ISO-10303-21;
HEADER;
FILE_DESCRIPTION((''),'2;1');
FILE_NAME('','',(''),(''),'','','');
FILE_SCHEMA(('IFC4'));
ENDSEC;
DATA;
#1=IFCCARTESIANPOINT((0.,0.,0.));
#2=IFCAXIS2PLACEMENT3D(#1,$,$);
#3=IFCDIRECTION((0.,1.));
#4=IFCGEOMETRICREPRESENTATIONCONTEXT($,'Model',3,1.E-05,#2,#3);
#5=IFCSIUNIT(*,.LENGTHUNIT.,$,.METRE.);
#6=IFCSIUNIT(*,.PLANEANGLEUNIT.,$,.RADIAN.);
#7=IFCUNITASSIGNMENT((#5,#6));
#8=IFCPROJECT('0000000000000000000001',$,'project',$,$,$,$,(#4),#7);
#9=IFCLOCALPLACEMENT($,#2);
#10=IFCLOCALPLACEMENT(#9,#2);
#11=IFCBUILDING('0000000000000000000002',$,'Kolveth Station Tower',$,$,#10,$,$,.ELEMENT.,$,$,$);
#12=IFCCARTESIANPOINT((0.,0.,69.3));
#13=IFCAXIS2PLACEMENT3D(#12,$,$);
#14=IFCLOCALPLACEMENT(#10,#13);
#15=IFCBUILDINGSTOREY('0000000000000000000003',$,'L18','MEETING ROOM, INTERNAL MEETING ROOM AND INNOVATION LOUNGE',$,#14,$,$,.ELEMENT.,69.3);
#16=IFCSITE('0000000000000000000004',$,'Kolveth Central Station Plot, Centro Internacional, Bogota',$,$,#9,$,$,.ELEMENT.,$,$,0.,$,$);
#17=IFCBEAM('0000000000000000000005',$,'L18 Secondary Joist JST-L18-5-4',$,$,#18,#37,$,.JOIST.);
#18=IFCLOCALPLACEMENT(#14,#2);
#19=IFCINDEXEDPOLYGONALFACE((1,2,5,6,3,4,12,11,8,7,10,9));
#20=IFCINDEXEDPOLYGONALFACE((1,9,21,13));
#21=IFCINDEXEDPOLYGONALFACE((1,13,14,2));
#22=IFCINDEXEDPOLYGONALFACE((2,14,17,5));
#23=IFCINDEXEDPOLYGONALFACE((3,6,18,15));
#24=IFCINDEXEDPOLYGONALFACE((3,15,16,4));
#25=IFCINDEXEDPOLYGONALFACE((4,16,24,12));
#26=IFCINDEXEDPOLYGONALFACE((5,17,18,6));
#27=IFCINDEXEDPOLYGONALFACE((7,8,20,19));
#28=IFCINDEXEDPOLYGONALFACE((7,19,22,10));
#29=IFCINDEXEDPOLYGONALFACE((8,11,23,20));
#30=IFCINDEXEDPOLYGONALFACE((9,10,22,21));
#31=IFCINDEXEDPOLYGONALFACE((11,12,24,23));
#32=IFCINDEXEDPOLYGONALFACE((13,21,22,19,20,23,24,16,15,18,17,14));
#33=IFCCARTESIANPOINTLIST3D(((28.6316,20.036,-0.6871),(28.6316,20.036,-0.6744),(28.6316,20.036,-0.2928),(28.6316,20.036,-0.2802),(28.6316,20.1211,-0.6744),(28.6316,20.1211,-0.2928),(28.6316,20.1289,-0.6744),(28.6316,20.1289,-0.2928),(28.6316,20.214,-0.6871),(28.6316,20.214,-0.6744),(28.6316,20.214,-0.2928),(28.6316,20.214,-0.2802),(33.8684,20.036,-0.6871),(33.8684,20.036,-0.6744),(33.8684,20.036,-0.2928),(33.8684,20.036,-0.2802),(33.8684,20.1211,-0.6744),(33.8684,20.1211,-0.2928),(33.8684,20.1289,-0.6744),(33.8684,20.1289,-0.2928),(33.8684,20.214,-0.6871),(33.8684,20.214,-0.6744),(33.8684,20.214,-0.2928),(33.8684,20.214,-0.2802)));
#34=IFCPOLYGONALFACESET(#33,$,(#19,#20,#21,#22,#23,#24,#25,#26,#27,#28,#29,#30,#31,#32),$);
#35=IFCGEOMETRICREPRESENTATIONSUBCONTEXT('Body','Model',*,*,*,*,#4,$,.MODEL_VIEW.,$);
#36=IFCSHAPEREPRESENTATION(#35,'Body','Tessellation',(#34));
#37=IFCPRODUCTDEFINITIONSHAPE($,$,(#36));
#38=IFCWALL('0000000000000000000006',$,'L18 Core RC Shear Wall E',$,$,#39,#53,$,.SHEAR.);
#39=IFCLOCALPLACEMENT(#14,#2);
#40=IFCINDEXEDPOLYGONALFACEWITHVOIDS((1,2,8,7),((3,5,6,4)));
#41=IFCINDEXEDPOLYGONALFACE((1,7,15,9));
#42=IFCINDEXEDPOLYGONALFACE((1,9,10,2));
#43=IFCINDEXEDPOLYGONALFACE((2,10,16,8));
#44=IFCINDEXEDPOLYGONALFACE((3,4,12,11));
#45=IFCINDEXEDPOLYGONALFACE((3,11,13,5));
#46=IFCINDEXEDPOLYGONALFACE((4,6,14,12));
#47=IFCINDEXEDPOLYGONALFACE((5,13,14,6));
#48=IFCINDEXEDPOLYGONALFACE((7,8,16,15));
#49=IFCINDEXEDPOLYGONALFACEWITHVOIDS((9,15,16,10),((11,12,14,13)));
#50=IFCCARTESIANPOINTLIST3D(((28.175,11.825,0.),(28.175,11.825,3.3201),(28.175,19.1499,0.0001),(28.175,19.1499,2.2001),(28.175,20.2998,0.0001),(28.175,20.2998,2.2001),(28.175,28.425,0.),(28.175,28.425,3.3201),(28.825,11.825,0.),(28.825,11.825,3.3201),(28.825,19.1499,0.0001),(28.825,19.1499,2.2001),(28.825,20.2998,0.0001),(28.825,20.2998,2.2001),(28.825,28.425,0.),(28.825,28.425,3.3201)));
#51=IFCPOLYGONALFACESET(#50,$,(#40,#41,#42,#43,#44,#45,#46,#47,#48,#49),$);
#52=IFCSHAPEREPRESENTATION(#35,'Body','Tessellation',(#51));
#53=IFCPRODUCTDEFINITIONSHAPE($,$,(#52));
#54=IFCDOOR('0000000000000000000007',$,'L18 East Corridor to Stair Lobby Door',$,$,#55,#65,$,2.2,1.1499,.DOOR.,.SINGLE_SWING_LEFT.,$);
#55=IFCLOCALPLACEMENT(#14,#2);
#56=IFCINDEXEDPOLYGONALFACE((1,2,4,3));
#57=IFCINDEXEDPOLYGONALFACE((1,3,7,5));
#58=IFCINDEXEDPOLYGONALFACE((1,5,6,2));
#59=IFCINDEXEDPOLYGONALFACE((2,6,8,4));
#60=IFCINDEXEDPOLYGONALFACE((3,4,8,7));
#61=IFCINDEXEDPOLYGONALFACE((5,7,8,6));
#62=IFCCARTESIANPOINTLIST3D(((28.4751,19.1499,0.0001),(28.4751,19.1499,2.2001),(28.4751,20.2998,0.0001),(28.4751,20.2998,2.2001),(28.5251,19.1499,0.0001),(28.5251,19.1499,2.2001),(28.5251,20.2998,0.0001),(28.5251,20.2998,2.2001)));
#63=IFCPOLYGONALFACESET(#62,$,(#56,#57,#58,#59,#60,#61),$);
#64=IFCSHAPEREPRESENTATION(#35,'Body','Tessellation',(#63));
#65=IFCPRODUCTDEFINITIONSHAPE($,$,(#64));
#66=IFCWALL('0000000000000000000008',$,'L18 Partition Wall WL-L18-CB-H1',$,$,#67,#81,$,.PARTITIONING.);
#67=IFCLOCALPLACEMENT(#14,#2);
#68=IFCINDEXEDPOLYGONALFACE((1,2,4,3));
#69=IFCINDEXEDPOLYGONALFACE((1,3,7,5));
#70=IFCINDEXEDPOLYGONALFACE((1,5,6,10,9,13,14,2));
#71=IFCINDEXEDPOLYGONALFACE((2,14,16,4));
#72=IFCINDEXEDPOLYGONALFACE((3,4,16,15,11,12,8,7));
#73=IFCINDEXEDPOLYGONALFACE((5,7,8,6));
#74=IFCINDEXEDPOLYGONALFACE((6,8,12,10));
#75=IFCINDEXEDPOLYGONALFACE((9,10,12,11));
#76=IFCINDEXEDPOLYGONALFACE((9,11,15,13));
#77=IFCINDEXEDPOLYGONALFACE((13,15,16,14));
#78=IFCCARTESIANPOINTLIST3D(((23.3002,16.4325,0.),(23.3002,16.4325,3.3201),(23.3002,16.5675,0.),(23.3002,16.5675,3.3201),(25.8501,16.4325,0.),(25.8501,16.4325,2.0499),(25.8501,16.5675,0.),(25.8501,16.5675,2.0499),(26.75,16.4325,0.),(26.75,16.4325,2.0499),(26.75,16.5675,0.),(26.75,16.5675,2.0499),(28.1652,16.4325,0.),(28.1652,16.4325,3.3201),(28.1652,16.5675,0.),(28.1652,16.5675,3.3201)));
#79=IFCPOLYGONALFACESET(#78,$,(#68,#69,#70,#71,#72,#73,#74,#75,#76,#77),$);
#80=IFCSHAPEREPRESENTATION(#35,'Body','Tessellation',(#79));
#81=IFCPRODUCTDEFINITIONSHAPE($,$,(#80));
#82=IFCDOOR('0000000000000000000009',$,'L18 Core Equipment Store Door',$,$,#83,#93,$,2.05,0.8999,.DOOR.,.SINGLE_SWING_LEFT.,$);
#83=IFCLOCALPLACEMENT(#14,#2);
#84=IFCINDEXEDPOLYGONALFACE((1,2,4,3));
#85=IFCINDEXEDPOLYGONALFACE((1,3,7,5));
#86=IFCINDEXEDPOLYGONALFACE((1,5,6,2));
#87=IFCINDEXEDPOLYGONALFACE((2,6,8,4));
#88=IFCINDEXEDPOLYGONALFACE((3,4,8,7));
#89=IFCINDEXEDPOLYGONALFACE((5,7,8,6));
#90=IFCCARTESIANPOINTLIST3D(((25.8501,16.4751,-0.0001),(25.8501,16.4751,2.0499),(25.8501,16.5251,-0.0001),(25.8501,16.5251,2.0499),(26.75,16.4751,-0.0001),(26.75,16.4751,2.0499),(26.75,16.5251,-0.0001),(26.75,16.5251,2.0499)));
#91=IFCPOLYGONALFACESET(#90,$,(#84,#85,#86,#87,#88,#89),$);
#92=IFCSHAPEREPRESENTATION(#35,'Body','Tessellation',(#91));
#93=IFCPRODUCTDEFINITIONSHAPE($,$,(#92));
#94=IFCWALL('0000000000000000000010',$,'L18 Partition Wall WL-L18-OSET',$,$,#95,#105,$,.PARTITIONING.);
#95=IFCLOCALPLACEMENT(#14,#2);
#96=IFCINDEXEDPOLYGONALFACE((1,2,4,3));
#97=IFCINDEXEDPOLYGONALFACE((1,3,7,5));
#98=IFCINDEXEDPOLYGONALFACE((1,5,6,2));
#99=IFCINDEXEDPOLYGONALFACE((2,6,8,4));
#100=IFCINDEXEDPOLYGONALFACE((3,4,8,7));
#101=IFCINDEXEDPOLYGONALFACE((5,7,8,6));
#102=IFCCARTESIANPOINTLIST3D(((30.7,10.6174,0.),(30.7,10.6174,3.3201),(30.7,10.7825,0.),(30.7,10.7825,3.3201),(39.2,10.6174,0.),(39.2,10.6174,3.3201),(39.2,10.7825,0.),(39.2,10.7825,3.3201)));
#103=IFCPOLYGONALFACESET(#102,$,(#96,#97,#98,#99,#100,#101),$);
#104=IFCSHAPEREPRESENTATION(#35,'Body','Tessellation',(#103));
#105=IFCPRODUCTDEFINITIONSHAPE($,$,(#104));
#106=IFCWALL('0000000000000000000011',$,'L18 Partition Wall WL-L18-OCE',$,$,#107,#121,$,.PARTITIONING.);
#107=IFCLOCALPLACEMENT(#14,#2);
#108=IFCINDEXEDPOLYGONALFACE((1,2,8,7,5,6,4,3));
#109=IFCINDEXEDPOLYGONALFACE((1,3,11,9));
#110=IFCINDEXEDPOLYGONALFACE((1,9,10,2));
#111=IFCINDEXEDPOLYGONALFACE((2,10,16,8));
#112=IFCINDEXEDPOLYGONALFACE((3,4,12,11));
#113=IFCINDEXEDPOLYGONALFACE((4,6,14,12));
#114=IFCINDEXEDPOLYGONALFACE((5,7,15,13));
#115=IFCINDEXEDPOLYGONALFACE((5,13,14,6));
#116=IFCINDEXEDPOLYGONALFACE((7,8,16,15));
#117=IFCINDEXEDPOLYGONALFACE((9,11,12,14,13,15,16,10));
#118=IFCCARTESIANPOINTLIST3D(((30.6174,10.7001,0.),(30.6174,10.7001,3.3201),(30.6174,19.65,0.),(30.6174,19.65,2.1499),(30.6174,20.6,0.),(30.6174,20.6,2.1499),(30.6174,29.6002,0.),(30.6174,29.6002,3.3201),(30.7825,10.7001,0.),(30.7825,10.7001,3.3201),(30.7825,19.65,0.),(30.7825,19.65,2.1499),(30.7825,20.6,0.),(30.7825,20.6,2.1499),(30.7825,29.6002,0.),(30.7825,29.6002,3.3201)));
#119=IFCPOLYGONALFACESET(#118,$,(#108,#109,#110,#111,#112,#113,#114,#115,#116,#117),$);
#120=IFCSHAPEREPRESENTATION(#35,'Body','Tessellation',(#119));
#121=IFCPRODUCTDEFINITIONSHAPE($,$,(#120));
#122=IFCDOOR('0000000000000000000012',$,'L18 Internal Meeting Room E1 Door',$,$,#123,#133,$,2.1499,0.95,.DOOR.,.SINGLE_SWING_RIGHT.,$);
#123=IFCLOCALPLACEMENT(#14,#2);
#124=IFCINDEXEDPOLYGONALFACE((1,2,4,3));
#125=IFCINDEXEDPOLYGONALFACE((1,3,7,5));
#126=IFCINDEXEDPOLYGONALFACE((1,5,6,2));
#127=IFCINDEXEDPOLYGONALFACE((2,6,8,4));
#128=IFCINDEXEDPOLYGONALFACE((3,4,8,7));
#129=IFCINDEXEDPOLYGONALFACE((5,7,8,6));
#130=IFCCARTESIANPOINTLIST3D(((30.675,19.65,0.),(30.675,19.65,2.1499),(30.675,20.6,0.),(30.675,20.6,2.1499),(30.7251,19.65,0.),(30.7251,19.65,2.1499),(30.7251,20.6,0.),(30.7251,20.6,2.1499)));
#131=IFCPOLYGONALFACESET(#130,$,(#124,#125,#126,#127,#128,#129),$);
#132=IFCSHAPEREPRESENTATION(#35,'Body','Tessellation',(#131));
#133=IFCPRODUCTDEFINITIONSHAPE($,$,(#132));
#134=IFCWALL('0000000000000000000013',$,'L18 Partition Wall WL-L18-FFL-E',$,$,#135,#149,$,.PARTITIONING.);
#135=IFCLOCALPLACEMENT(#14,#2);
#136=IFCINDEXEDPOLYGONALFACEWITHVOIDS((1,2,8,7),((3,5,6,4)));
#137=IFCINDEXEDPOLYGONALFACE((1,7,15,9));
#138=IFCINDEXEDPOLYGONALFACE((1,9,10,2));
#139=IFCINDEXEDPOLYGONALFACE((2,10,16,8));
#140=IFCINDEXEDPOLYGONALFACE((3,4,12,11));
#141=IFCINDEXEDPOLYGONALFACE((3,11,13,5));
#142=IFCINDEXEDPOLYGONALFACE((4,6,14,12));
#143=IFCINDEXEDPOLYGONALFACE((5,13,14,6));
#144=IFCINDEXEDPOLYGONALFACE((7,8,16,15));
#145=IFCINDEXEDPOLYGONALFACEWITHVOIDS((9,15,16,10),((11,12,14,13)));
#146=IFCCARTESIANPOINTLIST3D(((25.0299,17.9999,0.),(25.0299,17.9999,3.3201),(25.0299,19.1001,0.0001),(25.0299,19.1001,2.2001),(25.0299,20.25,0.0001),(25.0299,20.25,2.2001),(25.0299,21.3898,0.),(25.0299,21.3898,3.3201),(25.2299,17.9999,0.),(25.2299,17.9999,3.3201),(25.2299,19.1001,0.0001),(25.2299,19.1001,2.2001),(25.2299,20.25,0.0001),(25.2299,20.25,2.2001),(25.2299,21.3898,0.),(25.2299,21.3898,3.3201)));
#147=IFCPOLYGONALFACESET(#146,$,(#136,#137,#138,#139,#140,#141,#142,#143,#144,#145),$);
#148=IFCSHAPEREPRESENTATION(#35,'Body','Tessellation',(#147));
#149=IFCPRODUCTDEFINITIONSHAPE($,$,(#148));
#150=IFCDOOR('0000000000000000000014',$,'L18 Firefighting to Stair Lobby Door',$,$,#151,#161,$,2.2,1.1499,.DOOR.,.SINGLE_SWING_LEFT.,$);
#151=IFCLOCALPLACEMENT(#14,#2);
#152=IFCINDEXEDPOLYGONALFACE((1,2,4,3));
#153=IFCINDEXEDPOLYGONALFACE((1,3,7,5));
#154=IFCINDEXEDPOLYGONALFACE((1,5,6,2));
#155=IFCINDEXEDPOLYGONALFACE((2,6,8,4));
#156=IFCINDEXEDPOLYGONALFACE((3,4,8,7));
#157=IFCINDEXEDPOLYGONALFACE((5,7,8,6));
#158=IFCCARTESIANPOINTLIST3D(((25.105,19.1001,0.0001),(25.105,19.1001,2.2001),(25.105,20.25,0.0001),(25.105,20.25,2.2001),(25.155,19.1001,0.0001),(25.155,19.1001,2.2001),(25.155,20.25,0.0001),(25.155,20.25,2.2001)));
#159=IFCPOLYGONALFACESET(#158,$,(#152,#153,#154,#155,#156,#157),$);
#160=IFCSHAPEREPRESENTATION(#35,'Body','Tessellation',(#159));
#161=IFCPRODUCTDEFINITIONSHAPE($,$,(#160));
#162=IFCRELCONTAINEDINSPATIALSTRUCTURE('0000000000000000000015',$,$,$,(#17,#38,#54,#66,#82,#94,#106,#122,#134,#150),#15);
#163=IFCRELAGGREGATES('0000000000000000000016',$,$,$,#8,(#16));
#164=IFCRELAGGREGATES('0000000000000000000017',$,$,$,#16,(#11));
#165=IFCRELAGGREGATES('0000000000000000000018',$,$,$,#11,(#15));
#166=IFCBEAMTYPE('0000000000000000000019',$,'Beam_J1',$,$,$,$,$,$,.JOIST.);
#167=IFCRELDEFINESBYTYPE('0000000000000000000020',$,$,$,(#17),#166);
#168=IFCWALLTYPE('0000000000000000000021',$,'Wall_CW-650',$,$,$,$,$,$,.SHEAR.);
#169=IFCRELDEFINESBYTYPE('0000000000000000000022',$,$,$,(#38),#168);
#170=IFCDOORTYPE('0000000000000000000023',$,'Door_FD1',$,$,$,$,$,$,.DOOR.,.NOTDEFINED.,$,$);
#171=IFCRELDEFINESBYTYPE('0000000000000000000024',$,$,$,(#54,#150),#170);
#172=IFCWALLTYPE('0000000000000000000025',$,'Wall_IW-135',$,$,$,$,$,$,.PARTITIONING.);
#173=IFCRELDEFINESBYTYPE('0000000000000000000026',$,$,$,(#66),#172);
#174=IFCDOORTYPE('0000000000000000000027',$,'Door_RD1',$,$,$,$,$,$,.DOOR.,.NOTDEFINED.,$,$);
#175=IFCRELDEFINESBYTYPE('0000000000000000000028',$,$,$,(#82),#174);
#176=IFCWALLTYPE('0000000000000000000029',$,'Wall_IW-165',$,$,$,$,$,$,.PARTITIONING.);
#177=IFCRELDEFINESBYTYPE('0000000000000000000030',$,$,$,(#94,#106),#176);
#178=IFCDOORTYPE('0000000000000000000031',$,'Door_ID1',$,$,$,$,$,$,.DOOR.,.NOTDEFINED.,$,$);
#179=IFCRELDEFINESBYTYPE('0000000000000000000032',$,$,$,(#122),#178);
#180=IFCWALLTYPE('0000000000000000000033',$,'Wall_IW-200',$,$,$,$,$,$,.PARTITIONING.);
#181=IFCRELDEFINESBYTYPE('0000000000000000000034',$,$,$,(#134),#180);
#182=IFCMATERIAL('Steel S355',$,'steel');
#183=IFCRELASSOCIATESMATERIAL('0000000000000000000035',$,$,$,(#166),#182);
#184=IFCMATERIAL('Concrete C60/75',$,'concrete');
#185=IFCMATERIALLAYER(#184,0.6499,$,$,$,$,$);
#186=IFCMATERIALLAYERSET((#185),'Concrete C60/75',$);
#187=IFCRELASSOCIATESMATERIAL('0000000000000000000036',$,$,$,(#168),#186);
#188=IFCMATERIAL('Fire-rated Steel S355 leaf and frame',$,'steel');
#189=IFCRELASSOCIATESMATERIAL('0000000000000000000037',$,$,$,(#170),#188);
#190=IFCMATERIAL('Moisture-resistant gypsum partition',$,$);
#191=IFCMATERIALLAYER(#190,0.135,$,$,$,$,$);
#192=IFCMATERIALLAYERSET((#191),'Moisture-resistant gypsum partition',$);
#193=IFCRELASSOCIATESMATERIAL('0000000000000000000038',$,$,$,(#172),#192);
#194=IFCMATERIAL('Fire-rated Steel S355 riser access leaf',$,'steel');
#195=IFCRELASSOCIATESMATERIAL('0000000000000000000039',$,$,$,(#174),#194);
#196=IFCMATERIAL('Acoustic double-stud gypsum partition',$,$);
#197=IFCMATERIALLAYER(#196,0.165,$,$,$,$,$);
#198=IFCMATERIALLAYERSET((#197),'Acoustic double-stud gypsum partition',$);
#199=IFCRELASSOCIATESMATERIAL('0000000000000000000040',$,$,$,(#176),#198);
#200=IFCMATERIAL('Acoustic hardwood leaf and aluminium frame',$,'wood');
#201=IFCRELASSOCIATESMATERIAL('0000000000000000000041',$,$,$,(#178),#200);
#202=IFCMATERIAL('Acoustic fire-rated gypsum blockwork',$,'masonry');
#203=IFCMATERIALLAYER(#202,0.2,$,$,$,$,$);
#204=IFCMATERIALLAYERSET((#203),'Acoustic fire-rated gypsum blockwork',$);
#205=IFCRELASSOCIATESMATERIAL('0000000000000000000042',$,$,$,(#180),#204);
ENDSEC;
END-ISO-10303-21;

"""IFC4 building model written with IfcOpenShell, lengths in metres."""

from ifc_helpers import new_model, si_unit, direction, frame, frame_2d, origin, origin_2d, place, context, subcontext, project, spatial, rectangle, i_section, extrude, source, transform, mapped, material, layer, layer_set, material_profile, profile_set, type_object, element, fill, save


model = new_model("IFC4")

# Units and contexts
model_context = context("Model", 3, precision=1e-05, world=origin(), true_north=direction((0.0, 1.0)))
body_context = subcontext(model_context, "Body", "Model", "MODEL_VIEW")
ifc_project = project(units=[si_unit("LENGTHUNIT", "METRE"), si_unit("PLANEANGLEUNIT", "RADIAN")], contexts=[model_context])

# Site, building, storey
site_placement = place(None, origin())
site = spatial("IfcSite", under=ifc_project, at=site_placement, Name="Kolveth Central Station Plot, Centro Internacional, Bogota", CompositionType="ELEMENT", RefElevation=0.0)
building_placement = place(site_placement, origin())
building = spatial("IfcBuilding", under=site, at=building_placement, Name="Kolveth Station Tower", CompositionType="ELEMENT")
storey_placement = place(building_placement, frame((0.0, 0.0, 69.3)))
storey = spatial("IfcBuildingStorey", under=building, at=storey_placement, Name="L18", Description="MEETING ROOM, INTERNAL MEETING ROOM AND INNOVATION LOUNGE", CompositionType="ELEMENT", Elevation=69.3)

# Beam
ifc_material_1 = material(Name="Steel S355", Category="steel")
ifc_material_profile_1 = material_profile(ifc_material_1, i_section(OverallWidth=0.178, OverallDepth=0.407, WebThickness=0.0078, FlangeThickness=0.0127, at=origin_2d()), Name="W410x60")
ifc_profile_set_1 = profile_set([ifc_material_profile_1], Name="Steel S355")
beam_type_1 = type_object("IfcBeamType", Name="Beam_J1", PredefinedType="JOIST", material=ifc_profile_set_1)
shared_shape_1 = source(origin(), body_context, "Body", "SweptSolid", [
    extrude(i_section(OverallWidth=0.178, OverallDepth=0.407, WebThickness=0.0078, FlangeThickness=0.0127, at=origin_2d()), origin(), (0.0, 0.0, 1.0), 5.2368),
])
for number, where, z_axis, x_axis, name in (
    (1, (28.6316, 20.125, -0.4836), (1.0, 0.0, 0.0), (0.0, 1.0, 0.0), "L18 Secondary Joist JST-L18-5-4"),
):
    element("IfcBeam", number, at=place(storey_placement, frame(where, z_axis=z_axis, x_axis=x_axis)), inside=storey, type_object=beam_type_1, Name=name, PredefinedType="JOIST", context=body_context, shape_type="MappedRepresentation", body=[
        mapped(shared_shape_1, transform((0.0, 0.0, 0.0), x_axis=(1.0, 0.0, 0.0), y_axis=(0.0, 1.0, 0.0), z_axis=(0.0, 0.0, 1.0), scale=1.0)),
    ])

# Walls, openings, doors
ifc_material_2 = material(Name="Concrete C60/75", Category="concrete")
ifc_layer_1 = layer(ifc_material_2, 0.6499)
ifc_layer_set_1 = layer_set([ifc_layer_1], Name="Concrete C60/75")
wall_type_1 = type_object("IfcWallType", Name="Wall_CW-650", PredefinedType="SHEAR", material=ifc_layer_set_1)
wall_1_placement = place(storey_placement, frame((28.5, 11.825, 0.0), z_axis=(0.0, 0.0, 1.0), x_axis=(0.0, 1.0, 0.0)))
wall_1 = element("IfcWall", 2, at=wall_1_placement, inside=storey, type_object=wall_type_1, Name="L18 Core RC Shear Wall E", PredefinedType="SHEAR", context=body_context, shape_type="SweptSolid", body=[
    extrude(rectangle(XDim=16.6001, YDim=0.6499, at=frame_2d((8.3, 0.0))), origin(), (0.0, 0.0, 1.0), 3.3201),
])
opening_1_placement = place(wall_1_placement, frame((7.325, 0.0, 0.0)))
opening_1 = element("IfcOpeningElement", 3, at=opening_1_placement, cuts=wall_1, PredefinedType="OPENING", context=body_context, shape_type="SweptSolid", body=[
    extrude(rectangle(XDim=1.1499, YDim=2.2, at=frame_2d((0.575, 1.1001))), frame((0.0, 0.335, 0.0), z_axis=(0.0, -1.0, 0.0), x_axis=(1.0, 0.0, 0.0)), (0.0, 0.0, 1.0), 0.6699),
])
ifc_material_3 = material(Name="Fire-rated Steel S355 leaf and frame", Category="steel")
door_type_1 = type_object("IfcDoorType", Name="Door_FD1", OperationType="NOTDEFINED", PredefinedType="DOOR", material=ifc_material_3)
door_1_placement = place(opening_1_placement, origin())
door_1 = element("IfcDoor", 4, at=door_1_placement, inside=storey, type_object=door_type_1, Name="L18 East Corridor to Stair Lobby Door", OperationType="SINGLE_SWING_LEFT", OverallHeight=2.2, OverallWidth=1.1499, PredefinedType="DOOR", context=body_context, shape_type="SweptSolid", body=[
    extrude(rectangle(XDim=1.1499, YDim=2.2, at=frame_2d((0.575, 1.1001))), frame((0.0, 0.0249, 0.0), z_axis=(0.0, -1.0, 0.0), x_axis=(1.0, 0.0, 0.0)), (0.0, 0.0, 1.0), 0.05),
])
fill(opening_1, door_1)
ifc_material_4 = material(Name="Moisture-resistant gypsum partition")
ifc_layer_2 = layer(ifc_material_4, 0.135)
ifc_layer_set_2 = layer_set([ifc_layer_2], Name="Moisture-resistant gypsum partition")
wall_type_2 = type_object("IfcWallType", Name="Wall_IW-135", PredefinedType="PARTITIONING", material=ifc_layer_set_2)
wall_2_placement = place(storey_placement, frame((23.3, 16.5, 0.0), z_axis=(0.0, 0.0, 1.0), x_axis=(1.0, 0.0, 0.0)))
wall_2 = element("IfcWall", 5, at=wall_2_placement, inside=storey, type_object=wall_type_2, Name="L18 Partition Wall WL-L18-CB-H1", PredefinedType="PARTITIONING", context=body_context, shape_type="SweptSolid", body=[
    extrude(rectangle(XDim=4.865, YDim=0.135, at=frame_2d((2.4326, 0.0))), origin(), (0.0, 0.0, 1.0), 3.3201),
])
opening_2_placement = place(wall_2_placement, frame((2.55, 0.0, 0.0)))
opening_2 = element("IfcOpeningElement", 6, at=opening_2_placement, cuts=wall_2, PredefinedType="OPENING", context=body_context, shape_type="SweptSolid", body=[
    extrude(rectangle(XDim=0.8999, YDim=2.05, at=frame_2d((0.45, 1.0249))), frame((0.0, 0.0774, 0.0), z_axis=(0.0, -1.0, 0.0), x_axis=(1.0, 0.0, 0.0)), (0.0, 0.0, 1.0), 0.155),
])
ifc_material_5 = material(Name="Fire-rated Steel S355 riser access leaf", Category="steel")
door_type_2 = type_object("IfcDoorType", Name="Door_RD1", OperationType="NOTDEFINED", PredefinedType="DOOR", material=ifc_material_5)
door_2_placement = place(opening_2_placement, frame((0.8999, 0.0, 0.0), z_axis=(0.0, 0.0, 1.0), x_axis=(-1.0, 0.0, 0.0)))
door_2 = element("IfcDoor", 7, at=door_2_placement, inside=storey, type_object=door_type_2, Name="L18 Core Equipment Store Door", OperationType="SINGLE_SWING_LEFT", OverallHeight=2.05, OverallWidth=0.8999, PredefinedType="DOOR", context=body_context, shape_type="SweptSolid", body=[
    extrude(rectangle(XDim=0.8999, YDim=2.05, at=frame_2d((0.45, 1.0249))), frame((0.0, 0.0249, 0.0), z_axis=(0.0, -1.0, 0.0), x_axis=(1.0, 0.0, 0.0)), (0.0, 0.0, 1.0), 0.05),
])
fill(opening_2, door_2)

# Wall
ifc_material_6 = material(Name="Acoustic double-stud gypsum partition")
ifc_layer_3 = layer(ifc_material_6, 0.165)
ifc_layer_set_3 = layer_set([ifc_layer_3], Name="Acoustic double-stud gypsum partition")
wall_type_3 = type_object("IfcWallType", Name="Wall_IW-165", PredefinedType="PARTITIONING", material=ifc_layer_set_3)
wall_3_placement = place(storey_placement, frame((30.7, 10.7, 0.0), z_axis=(0.0, 0.0, 1.0), x_axis=(1.0, 0.0, 0.0)))
element("IfcWall", 8, at=wall_3_placement, inside=storey, type_object=wall_type_3, Name="L18 Partition Wall WL-L18-OSET", PredefinedType="PARTITIONING", context=body_context, shape_type="SweptSolid", body=[
    extrude(rectangle(XDim=8.5, YDim=0.165, at=frame_2d((4.25, 0.0))), origin(), (0.0, 0.0, 1.0), 3.3201),
])

# Walls, openings, doors
wall_4_placement = place(storey_placement, frame((30.7, 10.7, 0.0), z_axis=(0.0, 0.0, 1.0), x_axis=(0.0, 1.0, 0.0)))
wall_4 = element("IfcWall", 9, at=wall_4_placement, inside=storey, type_object=wall_type_3, Name="L18 Partition Wall WL-L18-OCE", PredefinedType="PARTITIONING", context=body_context, shape_type="SweptSolid", body=[
    extrude(rectangle(XDim=18.9001, YDim=0.165, at=frame_2d((9.4502, 0.0))), origin(), (0.0, 0.0, 1.0), 3.3201),
])
opening_3_placement = place(wall_4_placement, frame((8.95, 0.0, 0.0)))
opening_3 = element("IfcOpeningElement", 10, at=opening_3_placement, cuts=wall_4, PredefinedType="OPENING", context=body_context, shape_type="SweptSolid", body=[
    extrude(rectangle(XDim=0.95, YDim=2.1499, at=frame_2d((0.4751, 1.075))), frame((0.0, 0.0925, 0.0), z_axis=(0.0, -1.0, 0.0), x_axis=(1.0, 0.0, 0.0)), (0.0, 0.0, 1.0), 0.1851),
])
ifc_material_7 = material(Name="Acoustic hardwood leaf and aluminium frame", Category="wood")
door_type_3 = type_object("IfcDoorType", Name="Door_ID1", OperationType="NOTDEFINED", PredefinedType="DOOR", material=ifc_material_7)
door_3_placement = place(opening_3_placement, origin())
door_3 = element("IfcDoor", 11, at=door_3_placement, inside=storey, type_object=door_type_3, Name="L18 Internal Meeting Room E1 Door", OperationType="SINGLE_SWING_RIGHT", OverallHeight=2.1499, OverallWidth=0.95, PredefinedType="DOOR", context=body_context, shape_type="SweptSolid", body=[
    extrude(rectangle(XDim=0.95, YDim=2.1499, at=frame_2d((0.4751, 1.075))), frame((0.0, 0.0249, 0.0), z_axis=(0.0, -1.0, 0.0), x_axis=(1.0, 0.0, 0.0)), (0.0, 0.0, 1.0), 0.05),
])
fill(opening_3, door_3)
ifc_material_8 = material(Name="Acoustic fire-rated gypsum blockwork", Category="masonry")
ifc_layer_4 = layer(ifc_material_8, 0.2)
ifc_layer_set_4 = layer_set([ifc_layer_4], Name="Acoustic fire-rated gypsum blockwork")
wall_type_4 = type_object("IfcWallType", Name="Wall_IW-200", PredefinedType="PARTITIONING", material=ifc_layer_set_4)
wall_5_placement = place(storey_placement, frame((25.1299, 18.0, 0.0), z_axis=(0.0, 0.0, 1.0), x_axis=(0.0, 1.0, 0.0)))
wall_5 = element("IfcWall", 12, at=wall_5_placement, inside=storey, type_object=wall_type_4, Name="L18 Partition Wall WL-L18-FFL-E", PredefinedType="PARTITIONING", context=body_context, shape_type="SweptSolid", body=[
    extrude(rectangle(XDim=3.3899, YDim=0.2, at=frame_2d((1.6948, 0.0))), origin(), (0.0, 0.0, 1.0), 3.3201),
])
opening_4_placement = place(wall_5_placement, frame((1.1001, 0.0, 0.0)))
opening_4 = element("IfcOpeningElement", 13, at=opening_4_placement, cuts=wall_5, PredefinedType="OPENING", context=body_context, shape_type="SweptSolid", body=[
    extrude(rectangle(XDim=1.1499, YDim=2.2, at=frame_2d((0.575, 1.1001))), frame((0.0, 0.1099, 0.0), z_axis=(0.0, -1.0, 0.0), x_axis=(1.0, 0.0, 0.0)), (0.0, 0.0, 1.0), 0.22),
])
door_4_placement = place(opening_4_placement, origin())
door_4 = element("IfcDoor", 14, at=door_4_placement, inside=storey, type_object=door_type_1, Name="L18 Firefighting to Stair Lobby Door", OperationType="SINGLE_SWING_LEFT", OverallHeight=2.2, OverallWidth=1.1499, PredefinedType="DOOR", context=body_context, shape_type="SweptSolid", body=[
    extrude(rectangle(XDim=1.1499, YDim=2.2, at=frame_2d((0.575, 1.1001))), frame((0.0, 0.0249, 0.0), z_axis=(0.0, -1.0, 0.0), x_axis=(1.0, 0.0, 0.0)), (0.0, 0.0, 1.0), 0.05),
])
fill(opening_4, door_4)

save(model, "model.ifc")
